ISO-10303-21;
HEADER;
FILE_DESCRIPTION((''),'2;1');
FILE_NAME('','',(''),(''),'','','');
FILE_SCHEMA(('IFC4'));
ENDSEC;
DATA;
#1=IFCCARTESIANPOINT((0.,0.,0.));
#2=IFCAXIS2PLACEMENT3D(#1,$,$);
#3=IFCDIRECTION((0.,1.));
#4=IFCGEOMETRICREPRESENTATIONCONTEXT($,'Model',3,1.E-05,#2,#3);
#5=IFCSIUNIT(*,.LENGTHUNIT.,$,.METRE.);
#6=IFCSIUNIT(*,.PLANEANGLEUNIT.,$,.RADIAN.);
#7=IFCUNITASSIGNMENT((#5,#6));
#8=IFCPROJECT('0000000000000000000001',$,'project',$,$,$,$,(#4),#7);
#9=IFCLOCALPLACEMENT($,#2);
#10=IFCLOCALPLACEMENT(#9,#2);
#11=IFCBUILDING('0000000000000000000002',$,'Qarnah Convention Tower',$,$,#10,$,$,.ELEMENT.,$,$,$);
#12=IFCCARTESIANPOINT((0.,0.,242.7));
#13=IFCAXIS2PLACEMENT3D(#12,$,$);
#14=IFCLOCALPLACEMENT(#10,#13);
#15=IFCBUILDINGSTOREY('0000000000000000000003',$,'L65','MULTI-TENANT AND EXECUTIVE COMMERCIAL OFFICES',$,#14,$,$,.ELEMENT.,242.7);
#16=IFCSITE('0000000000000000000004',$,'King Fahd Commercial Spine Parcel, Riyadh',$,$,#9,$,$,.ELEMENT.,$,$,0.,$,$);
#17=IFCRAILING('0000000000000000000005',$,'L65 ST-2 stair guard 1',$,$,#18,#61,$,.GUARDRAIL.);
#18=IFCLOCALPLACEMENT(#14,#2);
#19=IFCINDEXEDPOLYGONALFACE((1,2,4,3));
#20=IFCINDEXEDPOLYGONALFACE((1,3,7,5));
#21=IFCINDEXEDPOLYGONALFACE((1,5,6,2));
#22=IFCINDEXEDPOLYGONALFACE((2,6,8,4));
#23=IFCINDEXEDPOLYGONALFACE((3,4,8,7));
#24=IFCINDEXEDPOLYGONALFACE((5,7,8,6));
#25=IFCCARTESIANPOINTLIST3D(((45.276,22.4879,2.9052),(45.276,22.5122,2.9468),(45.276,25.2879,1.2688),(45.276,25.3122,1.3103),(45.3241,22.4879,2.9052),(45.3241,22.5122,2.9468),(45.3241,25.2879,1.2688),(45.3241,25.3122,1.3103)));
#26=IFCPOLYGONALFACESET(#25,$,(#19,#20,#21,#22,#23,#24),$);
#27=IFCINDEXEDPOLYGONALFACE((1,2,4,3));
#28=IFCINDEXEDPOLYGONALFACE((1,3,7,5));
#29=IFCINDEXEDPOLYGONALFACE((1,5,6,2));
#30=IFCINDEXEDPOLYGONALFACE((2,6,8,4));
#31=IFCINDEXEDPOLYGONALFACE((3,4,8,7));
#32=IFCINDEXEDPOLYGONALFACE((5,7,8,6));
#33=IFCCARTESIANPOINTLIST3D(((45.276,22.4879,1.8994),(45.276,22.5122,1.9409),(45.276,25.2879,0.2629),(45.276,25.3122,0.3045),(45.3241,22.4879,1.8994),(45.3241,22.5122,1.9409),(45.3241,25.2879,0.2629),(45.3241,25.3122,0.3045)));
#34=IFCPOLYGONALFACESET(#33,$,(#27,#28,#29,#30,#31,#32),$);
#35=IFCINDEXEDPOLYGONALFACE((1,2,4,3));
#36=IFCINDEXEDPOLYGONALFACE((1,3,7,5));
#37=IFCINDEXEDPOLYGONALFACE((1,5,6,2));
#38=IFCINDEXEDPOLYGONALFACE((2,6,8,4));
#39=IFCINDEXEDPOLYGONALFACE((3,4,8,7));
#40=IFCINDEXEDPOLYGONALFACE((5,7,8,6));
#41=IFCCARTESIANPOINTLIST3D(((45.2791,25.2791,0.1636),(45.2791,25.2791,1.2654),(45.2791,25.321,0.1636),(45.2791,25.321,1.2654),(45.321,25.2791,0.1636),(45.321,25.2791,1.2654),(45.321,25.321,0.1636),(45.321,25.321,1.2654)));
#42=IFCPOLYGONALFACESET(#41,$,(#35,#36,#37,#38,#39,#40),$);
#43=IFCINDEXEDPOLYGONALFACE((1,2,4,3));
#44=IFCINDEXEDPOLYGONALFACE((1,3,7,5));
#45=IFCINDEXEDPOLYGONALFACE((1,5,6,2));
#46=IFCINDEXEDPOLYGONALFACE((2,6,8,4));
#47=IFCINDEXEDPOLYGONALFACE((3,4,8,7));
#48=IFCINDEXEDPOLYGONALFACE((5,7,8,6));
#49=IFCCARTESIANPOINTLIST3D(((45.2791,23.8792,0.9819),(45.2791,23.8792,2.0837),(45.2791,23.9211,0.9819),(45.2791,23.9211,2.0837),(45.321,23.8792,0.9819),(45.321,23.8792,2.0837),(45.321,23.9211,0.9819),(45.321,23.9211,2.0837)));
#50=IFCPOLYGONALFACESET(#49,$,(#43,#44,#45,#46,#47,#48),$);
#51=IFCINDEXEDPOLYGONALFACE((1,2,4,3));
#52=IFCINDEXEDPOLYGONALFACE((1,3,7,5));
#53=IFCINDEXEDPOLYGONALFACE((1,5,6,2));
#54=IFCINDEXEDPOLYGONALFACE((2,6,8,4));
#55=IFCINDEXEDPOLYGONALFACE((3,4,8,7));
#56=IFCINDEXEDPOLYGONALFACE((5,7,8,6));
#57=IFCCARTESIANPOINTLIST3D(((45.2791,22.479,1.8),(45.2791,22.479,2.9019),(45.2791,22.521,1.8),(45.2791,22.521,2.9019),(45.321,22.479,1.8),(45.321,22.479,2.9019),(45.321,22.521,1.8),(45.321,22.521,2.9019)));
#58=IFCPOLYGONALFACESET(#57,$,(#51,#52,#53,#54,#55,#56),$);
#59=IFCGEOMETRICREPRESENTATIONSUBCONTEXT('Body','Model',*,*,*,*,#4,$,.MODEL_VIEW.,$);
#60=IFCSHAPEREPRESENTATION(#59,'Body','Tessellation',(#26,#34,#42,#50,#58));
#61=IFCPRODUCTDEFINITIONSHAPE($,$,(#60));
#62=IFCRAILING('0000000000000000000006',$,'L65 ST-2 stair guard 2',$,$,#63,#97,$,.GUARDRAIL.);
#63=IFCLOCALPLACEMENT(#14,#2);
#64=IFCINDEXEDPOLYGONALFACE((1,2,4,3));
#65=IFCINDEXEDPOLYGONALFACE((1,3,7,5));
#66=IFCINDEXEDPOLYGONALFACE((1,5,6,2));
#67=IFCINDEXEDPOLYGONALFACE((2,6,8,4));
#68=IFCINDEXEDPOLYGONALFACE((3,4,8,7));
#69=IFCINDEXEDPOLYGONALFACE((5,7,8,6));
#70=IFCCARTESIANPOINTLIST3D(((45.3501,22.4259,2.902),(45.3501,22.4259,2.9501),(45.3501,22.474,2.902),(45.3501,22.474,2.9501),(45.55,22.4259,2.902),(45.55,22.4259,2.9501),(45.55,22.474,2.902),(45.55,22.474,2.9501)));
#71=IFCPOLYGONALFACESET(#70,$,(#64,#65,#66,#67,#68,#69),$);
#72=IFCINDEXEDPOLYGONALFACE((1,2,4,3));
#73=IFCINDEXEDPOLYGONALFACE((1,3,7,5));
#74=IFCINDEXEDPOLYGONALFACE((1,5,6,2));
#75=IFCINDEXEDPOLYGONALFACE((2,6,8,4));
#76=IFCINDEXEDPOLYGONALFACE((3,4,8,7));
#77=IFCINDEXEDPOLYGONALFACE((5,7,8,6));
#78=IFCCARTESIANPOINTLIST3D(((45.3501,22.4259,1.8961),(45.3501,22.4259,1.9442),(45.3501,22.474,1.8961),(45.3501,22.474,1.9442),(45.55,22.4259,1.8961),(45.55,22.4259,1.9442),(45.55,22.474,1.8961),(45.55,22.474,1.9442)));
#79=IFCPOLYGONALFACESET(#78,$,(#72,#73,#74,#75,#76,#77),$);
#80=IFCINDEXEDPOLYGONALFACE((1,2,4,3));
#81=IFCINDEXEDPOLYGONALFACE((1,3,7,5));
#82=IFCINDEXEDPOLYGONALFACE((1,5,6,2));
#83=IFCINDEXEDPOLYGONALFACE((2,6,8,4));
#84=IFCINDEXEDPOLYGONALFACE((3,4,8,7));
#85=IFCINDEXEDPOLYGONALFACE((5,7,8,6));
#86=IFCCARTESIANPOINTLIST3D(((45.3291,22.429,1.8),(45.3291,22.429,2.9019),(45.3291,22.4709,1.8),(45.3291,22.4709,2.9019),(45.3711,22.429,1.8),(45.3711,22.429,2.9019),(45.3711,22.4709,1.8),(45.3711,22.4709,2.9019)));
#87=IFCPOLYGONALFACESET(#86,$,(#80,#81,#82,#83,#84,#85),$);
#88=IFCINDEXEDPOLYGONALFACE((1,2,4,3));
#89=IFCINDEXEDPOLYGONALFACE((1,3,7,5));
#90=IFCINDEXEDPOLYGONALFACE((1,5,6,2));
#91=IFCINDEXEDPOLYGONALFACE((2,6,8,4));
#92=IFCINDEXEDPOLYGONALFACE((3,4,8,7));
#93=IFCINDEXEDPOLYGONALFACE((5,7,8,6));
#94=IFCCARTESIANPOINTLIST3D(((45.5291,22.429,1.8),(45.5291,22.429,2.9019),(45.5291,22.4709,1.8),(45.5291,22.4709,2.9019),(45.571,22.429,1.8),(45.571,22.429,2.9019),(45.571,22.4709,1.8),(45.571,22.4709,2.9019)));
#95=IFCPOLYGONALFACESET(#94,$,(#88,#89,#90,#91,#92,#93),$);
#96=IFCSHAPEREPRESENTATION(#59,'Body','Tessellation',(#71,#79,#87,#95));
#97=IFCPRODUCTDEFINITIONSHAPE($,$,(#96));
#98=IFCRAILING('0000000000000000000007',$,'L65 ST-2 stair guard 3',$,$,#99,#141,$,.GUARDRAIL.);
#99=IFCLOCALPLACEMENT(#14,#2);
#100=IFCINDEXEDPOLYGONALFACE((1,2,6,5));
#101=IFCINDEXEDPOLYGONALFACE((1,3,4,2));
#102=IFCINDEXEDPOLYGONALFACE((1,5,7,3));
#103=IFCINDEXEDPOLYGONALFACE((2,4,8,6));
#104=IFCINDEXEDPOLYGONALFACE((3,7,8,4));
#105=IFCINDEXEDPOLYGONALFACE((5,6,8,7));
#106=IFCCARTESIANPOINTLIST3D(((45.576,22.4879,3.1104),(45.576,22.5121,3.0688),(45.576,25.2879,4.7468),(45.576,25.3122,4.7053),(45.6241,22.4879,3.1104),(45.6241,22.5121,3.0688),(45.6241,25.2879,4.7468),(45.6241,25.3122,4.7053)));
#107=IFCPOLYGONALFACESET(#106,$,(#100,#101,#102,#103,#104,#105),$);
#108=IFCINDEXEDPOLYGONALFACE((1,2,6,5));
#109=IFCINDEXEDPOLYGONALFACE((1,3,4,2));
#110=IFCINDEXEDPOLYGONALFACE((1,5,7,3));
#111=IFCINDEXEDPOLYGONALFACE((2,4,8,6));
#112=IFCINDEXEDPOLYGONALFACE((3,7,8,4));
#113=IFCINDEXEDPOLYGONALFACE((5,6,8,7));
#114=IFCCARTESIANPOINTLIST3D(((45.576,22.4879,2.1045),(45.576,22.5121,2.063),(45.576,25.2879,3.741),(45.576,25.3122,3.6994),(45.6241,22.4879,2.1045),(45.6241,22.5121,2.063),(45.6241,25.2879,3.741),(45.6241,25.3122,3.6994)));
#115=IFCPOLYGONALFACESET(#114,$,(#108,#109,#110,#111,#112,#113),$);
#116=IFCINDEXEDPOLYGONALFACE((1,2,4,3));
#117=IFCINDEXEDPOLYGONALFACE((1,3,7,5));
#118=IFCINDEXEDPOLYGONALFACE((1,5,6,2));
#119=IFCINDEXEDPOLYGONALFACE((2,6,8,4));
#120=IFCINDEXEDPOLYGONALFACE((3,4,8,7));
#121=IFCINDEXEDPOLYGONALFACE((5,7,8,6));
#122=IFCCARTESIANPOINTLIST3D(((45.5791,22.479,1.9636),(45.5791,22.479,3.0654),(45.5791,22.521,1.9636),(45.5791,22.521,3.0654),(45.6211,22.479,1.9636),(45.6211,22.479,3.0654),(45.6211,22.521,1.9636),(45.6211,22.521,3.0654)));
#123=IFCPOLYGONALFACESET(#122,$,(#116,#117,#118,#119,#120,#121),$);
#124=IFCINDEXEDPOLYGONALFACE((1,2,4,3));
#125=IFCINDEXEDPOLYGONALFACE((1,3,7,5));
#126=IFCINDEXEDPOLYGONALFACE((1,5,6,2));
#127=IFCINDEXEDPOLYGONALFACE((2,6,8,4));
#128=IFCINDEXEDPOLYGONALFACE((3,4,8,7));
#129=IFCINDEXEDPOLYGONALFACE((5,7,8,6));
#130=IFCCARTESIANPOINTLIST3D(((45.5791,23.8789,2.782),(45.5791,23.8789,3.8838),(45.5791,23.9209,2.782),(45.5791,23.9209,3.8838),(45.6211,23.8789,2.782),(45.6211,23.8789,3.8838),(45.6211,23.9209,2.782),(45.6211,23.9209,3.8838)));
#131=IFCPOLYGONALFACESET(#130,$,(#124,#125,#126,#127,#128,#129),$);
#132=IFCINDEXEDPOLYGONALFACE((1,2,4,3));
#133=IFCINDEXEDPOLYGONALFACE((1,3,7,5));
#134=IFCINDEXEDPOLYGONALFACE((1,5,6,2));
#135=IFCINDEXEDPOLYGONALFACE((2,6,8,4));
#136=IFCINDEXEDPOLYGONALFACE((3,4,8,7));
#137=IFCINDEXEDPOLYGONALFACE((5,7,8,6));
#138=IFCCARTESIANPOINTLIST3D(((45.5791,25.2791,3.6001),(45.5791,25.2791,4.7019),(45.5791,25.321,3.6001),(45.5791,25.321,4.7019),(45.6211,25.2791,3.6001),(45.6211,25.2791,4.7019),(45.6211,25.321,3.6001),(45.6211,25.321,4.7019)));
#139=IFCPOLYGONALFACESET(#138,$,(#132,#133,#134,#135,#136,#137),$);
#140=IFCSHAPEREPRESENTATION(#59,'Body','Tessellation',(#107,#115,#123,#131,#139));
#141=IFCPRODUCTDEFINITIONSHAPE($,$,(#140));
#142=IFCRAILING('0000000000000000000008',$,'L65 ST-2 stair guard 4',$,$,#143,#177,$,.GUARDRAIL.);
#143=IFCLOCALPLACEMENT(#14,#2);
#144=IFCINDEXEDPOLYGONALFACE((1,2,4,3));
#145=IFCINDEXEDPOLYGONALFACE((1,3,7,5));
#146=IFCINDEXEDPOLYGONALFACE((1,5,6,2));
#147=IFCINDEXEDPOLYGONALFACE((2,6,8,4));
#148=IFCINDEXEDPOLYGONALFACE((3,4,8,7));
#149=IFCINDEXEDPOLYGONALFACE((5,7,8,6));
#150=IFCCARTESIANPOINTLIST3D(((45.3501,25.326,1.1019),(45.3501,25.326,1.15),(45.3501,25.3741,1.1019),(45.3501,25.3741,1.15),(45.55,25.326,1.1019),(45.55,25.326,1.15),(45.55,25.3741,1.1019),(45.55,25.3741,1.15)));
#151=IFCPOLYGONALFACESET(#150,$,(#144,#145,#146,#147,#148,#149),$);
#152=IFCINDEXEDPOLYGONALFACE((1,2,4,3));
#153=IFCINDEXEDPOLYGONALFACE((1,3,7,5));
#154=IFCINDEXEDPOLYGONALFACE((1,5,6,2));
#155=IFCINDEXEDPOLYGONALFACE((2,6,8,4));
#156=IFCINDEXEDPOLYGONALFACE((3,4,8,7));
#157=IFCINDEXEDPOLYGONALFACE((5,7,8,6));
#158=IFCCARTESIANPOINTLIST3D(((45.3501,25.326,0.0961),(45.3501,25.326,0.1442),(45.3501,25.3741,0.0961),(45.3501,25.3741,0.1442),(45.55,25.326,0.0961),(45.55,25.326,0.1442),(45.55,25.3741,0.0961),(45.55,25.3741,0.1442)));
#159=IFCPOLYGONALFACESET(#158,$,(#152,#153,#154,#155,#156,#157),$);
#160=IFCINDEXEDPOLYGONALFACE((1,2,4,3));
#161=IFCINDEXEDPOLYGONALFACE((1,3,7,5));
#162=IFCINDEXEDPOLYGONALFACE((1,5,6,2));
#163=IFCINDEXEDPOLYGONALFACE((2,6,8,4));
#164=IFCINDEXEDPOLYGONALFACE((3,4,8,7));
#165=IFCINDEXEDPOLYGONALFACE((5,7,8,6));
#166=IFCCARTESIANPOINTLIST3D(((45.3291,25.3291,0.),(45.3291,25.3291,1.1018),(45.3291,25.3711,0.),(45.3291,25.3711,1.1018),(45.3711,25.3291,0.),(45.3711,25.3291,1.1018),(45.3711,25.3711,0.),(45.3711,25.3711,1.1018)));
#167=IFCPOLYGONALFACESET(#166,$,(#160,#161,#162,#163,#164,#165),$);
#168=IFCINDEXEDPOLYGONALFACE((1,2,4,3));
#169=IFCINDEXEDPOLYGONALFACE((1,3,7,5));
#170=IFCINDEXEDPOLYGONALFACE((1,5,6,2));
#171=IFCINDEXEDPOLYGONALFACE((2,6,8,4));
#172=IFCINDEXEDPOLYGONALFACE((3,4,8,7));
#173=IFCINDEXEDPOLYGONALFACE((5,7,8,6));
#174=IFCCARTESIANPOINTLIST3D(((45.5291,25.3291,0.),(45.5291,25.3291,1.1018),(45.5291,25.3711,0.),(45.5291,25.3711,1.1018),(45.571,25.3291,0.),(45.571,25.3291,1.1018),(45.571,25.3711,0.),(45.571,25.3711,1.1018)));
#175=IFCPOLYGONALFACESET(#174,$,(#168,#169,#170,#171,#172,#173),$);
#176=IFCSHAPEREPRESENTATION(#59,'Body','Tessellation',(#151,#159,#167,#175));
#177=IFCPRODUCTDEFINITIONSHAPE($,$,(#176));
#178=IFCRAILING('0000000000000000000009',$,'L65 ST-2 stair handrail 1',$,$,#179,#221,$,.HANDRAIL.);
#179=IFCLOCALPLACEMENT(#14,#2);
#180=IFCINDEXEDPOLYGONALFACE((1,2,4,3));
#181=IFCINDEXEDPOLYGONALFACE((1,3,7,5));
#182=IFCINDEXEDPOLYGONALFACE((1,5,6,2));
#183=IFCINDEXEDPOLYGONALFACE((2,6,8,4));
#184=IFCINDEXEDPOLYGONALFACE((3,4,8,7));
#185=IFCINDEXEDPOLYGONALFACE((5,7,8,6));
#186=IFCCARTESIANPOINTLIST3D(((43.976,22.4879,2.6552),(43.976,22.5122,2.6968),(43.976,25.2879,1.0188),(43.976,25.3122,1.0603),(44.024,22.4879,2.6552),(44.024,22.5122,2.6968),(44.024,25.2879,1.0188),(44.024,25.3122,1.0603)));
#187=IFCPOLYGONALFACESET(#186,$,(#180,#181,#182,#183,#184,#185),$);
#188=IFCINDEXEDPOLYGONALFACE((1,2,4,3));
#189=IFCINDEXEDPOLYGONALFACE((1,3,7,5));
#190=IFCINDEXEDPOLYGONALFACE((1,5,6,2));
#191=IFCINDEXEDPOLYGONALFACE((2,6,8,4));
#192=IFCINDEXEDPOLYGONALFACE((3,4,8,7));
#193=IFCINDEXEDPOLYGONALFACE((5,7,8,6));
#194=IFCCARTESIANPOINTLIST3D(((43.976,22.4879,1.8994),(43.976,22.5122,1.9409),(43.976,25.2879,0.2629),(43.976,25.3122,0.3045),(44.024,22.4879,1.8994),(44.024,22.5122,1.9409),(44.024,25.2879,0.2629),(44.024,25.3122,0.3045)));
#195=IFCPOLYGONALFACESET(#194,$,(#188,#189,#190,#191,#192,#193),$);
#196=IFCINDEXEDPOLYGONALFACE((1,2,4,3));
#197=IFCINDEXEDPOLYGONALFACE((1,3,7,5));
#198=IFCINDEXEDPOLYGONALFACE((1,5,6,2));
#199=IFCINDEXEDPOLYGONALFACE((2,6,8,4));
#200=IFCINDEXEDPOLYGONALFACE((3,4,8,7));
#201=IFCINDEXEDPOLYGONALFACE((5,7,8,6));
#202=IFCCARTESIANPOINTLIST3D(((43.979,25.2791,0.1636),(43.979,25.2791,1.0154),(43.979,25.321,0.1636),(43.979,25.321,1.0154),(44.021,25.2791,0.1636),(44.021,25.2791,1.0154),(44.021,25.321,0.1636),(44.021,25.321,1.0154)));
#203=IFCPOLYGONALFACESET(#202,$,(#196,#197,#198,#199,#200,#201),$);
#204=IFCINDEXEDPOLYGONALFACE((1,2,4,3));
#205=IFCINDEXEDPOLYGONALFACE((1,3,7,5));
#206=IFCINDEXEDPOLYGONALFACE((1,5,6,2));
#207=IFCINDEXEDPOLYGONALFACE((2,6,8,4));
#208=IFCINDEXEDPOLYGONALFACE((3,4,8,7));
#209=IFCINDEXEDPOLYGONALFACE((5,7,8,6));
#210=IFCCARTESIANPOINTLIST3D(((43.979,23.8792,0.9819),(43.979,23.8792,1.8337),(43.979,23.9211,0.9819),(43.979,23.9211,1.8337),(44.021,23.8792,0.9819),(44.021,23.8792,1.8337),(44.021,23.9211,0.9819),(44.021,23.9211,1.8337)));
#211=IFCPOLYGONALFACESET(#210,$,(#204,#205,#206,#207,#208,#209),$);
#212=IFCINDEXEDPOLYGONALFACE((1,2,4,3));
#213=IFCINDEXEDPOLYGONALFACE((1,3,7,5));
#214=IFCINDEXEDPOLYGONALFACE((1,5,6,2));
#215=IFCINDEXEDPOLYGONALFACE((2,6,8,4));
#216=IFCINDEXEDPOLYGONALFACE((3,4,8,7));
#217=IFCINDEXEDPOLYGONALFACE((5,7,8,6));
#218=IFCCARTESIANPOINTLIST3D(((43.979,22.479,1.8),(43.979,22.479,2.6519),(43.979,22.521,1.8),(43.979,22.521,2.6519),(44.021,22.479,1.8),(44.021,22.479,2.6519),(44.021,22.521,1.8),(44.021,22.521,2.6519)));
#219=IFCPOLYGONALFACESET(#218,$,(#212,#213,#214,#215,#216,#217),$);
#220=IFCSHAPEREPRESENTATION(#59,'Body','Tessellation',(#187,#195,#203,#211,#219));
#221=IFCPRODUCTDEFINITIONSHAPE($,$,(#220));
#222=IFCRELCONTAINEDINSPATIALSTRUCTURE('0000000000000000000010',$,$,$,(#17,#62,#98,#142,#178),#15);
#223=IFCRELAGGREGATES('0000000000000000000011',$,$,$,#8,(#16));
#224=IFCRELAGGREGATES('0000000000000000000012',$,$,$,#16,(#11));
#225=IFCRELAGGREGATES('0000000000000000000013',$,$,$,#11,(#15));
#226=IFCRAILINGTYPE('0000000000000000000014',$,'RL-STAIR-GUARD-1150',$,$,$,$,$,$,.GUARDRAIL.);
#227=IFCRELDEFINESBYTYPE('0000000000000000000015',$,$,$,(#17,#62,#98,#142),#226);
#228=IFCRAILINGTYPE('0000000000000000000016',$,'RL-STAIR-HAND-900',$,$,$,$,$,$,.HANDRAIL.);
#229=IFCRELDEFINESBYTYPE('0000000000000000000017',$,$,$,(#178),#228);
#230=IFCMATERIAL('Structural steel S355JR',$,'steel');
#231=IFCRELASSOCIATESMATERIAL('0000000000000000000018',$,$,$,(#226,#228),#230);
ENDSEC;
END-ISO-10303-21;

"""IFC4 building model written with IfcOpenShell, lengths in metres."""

from ifc_helpers import new_model, si_unit, direction, frame, origin, origin_2d, place, context, subcontext, project, spatial, rectangle, extrude, material, type_object, element, save


model = new_model("IFC4")

# Units and contexts
model_context = context("Model", 3, precision=1e-05, world=origin(), true_north=direction((0.0, 1.0)))
body_context = subcontext(model_context, "Body", "Model", "MODEL_VIEW")
ifc_project = project(units=[si_unit("LENGTHUNIT", "METRE"), si_unit("PLANEANGLEUNIT", "RADIAN")], contexts=[model_context])

# Site, building, storey
site_placement = place(None, origin())
site = spatial("IfcSite", under=ifc_project, at=site_placement, Name="King Fahd Commercial Spine Parcel, Riyadh", CompositionType="ELEMENT", RefElevation=0.0)
building_placement = place(site_placement, origin())
building = spatial("IfcBuilding", under=site, at=building_placement, Name="Qarnah Convention Tower", CompositionType="ELEMENT")
storey_placement = place(building_placement, frame((0.0, 0.0, 242.7)))
storey = spatial("IfcBuildingStorey", under=building, at=storey_placement, Name="L65", Description="MULTI-TENANT AND EXECUTIVE COMMERCIAL OFFICES", CompositionType="ELEMENT", Elevation=242.7)

# Shared definitions
ifc_material_1 = material(Name="Structural steel S355JR", Category="steel")

# Railings
railing_type_1 = type_object("IfcRailingType", Name="RL-STAIR-GUARD-1150", PredefinedType="GUARDRAIL", material=ifc_material_1)
railing_1_placement = place(storey_placement, frame((45.3, 25.3, 0.1636)))
element("IfcRailing", 1, at=railing_1_placement, inside=storey, type_object=railing_type_1, Name="L65 ST-2 stair guard 1", PredefinedType="GUARDRAIL", context=body_context, shape_type="SweptSolid", body=[
    extrude(rectangle(XDim=0.0481, YDim=0.0481, at=origin_2d()), frame((0.0, 0.0, 1.126), z_axis=(0.0, -0.863361, 0.504587), x_axis=(1.0, 0.0, 0.0)), (0.0, 0.0, 1.0), 3.2432),
    extrude(rectangle(XDim=0.0481, YDim=0.0481, at=origin_2d()), frame((0.0, 0.0, 0.1201), z_axis=(0.0, -0.863361, 0.504587), x_axis=(1.0, 0.0, 0.0)), (0.0, 0.0, 1.0), 3.2432),
    extrude(rectangle(XDim=0.042, YDim=0.042, at=origin_2d()), origin(), (0.0, 0.0, 1.0), 1.1018),
    extrude(rectangle(XDim=0.042, YDim=0.042, at=origin_2d()), frame((0.0, -1.3999, 0.8184)), (0.0, 0.0, 1.0), 1.1018),
    extrude(rectangle(XDim=0.042, YDim=0.042, at=origin_2d()), frame((0.0, -2.8, 1.6365)), (0.0, 0.0, 1.0), 1.1018),
])
railing_2_placement = place(storey_placement, frame((45.3501, 22.45, 1.8)))
element("IfcRailing", 2, at=railing_2_placement, inside=storey, type_object=railing_type_1, Name="L65 ST-2 stair guard 2", PredefinedType="GUARDRAIL", context=body_context, shape_type="SweptSolid", body=[
    extrude(rectangle(XDim=0.0481, YDim=0.0481, at=origin_2d()), frame((0.0, 0.0, 1.126), z_axis=(1.0, 0.0, 0.0), x_axis=(0.0, 1.0, 0.0)), (0.0, 0.0, 1.0), 0.2),
    extrude(rectangle(XDim=0.0481, YDim=0.0481, at=origin_2d()), frame((0.0, 0.0, 0.1201), z_axis=(1.0, 0.0, 0.0), x_axis=(0.0, 1.0, 0.0)), (0.0, 0.0, 1.0), 0.2),
    extrude(rectangle(XDim=0.042, YDim=0.042, at=origin_2d()), origin(), (0.0, 0.0, 1.0), 1.1018),
    extrude(rectangle(XDim=0.042, YDim=0.042, at=origin_2d()), frame((0.2, 0.0, 0.0)), (0.0, 0.0, 1.0), 1.1018),
])
railing_3_placement = place(storey_placement, frame((45.6001, 22.5, 1.9636)))
element("IfcRailing", 3, at=railing_3_placement, inside=storey, type_object=railing_type_1, Name="L65 ST-2 stair guard 3", PredefinedType="GUARDRAIL", context=body_context, shape_type="SweptSolid", body=[
    extrude(rectangle(XDim=0.0481, YDim=0.0481, at=origin_2d()), frame((0.0, 0.0, 1.126), z_axis=(0.0, 0.863361, 0.504587), x_axis=(-1.0, 0.0, 0.0)), (0.0, 0.0, 1.0), 3.2432),
    extrude(rectangle(XDim=0.0481, YDim=0.0481, at=origin_2d()), frame((0.0, 0.0, 0.1201), z_axis=(0.0, 0.863361, 0.504587), x_axis=(-1.0, 0.0, 0.0)), (0.0, 0.0, 1.0), 3.2432),
    extrude(rectangle(XDim=0.042, YDim=0.042, at=origin_2d()), origin(), (0.0, 0.0, 1.0), 1.1018),
    extrude(rectangle(XDim=0.042, YDim=0.042, at=origin_2d()), frame((0.0, 1.3999, 0.8184)), (0.0, 0.0, 1.0), 1.1018),
    extrude(rectangle(XDim=0.042, YDim=0.042, at=origin_2d()), frame((0.0, 2.8, 1.6365)), (0.0, 0.0, 1.0), 1.1018),
])
railing_4_placement = place(storey_placement, frame((45.3501, 25.3501, 0.0)))
element("IfcRailing", 4, at=railing_4_placement, inside=storey, type_object=railing_type_1, Name="L65 ST-2 stair guard 4", PredefinedType="GUARDRAIL", context=body_context, shape_type="SweptSolid", body=[
    extrude(rectangle(XDim=0.0481, YDim=0.0481, at=origin_2d()), frame((0.0, 0.0, 1.126), z_axis=(1.0, 0.0, 0.0), x_axis=(0.0, 1.0, 0.0)), (0.0, 0.0, 1.0), 0.2),
    extrude(rectangle(XDim=0.0481, YDim=0.0481, at=origin_2d()), frame((0.0, 0.0, 0.1201), z_axis=(1.0, 0.0, 0.0), x_axis=(0.0, 1.0, 0.0)), (0.0, 0.0, 1.0), 0.2),
    extrude(rectangle(XDim=0.042, YDim=0.042, at=origin_2d()), origin(), (0.0, 0.0, 1.0), 1.1018),
    extrude(rectangle(XDim=0.042, YDim=0.042, at=origin_2d()), frame((0.2, 0.0, 0.0)), (0.0, 0.0, 1.0), 1.1018),
])
railing_type_2 = type_object("IfcRailingType", Name="RL-STAIR-HAND-900", PredefinedType="HANDRAIL", material=ifc_material_1)
railing_5_placement = place(storey_placement, frame((44.0, 25.3, 0.1636)))
element("IfcRailing", 5, at=railing_5_placement, inside=storey, type_object=railing_type_2, Name="L65 ST-2 stair handrail 1", PredefinedType="HANDRAIL", context=body_context, shape_type="SweptSolid", body=[
    extrude(rectangle(XDim=0.0481, YDim=0.0481, at=origin_2d()), frame((0.0, 0.0, 0.876), z_axis=(0.0, -0.863361, 0.504587), x_axis=(1.0, 0.0, 0.0)), (0.0, 0.0, 1.0), 3.2432),
    extrude(rectangle(XDim=0.0481, YDim=0.0481, at=origin_2d()), frame((0.0, 0.0, 0.1201), z_axis=(0.0, -0.863361, 0.504587), x_axis=(1.0, 0.0, 0.0)), (0.0, 0.0, 1.0), 3.2432),
    extrude(rectangle(XDim=0.042, YDim=0.042, at=origin_2d()), origin(), (0.0, 0.0, 1.0), 0.8518),
    extrude(rectangle(XDim=0.042, YDim=0.042, at=origin_2d()), frame((0.0, -1.3999, 0.8184)), (0.0, 0.0, 1.0), 0.8518),
    extrude(rectangle(XDim=0.042, YDim=0.042, at=origin_2d()), frame((0.0, -2.8, 1.6365)), (0.0, 0.0, 1.0), 0.8518),
])

save(model, "model.ifc")
